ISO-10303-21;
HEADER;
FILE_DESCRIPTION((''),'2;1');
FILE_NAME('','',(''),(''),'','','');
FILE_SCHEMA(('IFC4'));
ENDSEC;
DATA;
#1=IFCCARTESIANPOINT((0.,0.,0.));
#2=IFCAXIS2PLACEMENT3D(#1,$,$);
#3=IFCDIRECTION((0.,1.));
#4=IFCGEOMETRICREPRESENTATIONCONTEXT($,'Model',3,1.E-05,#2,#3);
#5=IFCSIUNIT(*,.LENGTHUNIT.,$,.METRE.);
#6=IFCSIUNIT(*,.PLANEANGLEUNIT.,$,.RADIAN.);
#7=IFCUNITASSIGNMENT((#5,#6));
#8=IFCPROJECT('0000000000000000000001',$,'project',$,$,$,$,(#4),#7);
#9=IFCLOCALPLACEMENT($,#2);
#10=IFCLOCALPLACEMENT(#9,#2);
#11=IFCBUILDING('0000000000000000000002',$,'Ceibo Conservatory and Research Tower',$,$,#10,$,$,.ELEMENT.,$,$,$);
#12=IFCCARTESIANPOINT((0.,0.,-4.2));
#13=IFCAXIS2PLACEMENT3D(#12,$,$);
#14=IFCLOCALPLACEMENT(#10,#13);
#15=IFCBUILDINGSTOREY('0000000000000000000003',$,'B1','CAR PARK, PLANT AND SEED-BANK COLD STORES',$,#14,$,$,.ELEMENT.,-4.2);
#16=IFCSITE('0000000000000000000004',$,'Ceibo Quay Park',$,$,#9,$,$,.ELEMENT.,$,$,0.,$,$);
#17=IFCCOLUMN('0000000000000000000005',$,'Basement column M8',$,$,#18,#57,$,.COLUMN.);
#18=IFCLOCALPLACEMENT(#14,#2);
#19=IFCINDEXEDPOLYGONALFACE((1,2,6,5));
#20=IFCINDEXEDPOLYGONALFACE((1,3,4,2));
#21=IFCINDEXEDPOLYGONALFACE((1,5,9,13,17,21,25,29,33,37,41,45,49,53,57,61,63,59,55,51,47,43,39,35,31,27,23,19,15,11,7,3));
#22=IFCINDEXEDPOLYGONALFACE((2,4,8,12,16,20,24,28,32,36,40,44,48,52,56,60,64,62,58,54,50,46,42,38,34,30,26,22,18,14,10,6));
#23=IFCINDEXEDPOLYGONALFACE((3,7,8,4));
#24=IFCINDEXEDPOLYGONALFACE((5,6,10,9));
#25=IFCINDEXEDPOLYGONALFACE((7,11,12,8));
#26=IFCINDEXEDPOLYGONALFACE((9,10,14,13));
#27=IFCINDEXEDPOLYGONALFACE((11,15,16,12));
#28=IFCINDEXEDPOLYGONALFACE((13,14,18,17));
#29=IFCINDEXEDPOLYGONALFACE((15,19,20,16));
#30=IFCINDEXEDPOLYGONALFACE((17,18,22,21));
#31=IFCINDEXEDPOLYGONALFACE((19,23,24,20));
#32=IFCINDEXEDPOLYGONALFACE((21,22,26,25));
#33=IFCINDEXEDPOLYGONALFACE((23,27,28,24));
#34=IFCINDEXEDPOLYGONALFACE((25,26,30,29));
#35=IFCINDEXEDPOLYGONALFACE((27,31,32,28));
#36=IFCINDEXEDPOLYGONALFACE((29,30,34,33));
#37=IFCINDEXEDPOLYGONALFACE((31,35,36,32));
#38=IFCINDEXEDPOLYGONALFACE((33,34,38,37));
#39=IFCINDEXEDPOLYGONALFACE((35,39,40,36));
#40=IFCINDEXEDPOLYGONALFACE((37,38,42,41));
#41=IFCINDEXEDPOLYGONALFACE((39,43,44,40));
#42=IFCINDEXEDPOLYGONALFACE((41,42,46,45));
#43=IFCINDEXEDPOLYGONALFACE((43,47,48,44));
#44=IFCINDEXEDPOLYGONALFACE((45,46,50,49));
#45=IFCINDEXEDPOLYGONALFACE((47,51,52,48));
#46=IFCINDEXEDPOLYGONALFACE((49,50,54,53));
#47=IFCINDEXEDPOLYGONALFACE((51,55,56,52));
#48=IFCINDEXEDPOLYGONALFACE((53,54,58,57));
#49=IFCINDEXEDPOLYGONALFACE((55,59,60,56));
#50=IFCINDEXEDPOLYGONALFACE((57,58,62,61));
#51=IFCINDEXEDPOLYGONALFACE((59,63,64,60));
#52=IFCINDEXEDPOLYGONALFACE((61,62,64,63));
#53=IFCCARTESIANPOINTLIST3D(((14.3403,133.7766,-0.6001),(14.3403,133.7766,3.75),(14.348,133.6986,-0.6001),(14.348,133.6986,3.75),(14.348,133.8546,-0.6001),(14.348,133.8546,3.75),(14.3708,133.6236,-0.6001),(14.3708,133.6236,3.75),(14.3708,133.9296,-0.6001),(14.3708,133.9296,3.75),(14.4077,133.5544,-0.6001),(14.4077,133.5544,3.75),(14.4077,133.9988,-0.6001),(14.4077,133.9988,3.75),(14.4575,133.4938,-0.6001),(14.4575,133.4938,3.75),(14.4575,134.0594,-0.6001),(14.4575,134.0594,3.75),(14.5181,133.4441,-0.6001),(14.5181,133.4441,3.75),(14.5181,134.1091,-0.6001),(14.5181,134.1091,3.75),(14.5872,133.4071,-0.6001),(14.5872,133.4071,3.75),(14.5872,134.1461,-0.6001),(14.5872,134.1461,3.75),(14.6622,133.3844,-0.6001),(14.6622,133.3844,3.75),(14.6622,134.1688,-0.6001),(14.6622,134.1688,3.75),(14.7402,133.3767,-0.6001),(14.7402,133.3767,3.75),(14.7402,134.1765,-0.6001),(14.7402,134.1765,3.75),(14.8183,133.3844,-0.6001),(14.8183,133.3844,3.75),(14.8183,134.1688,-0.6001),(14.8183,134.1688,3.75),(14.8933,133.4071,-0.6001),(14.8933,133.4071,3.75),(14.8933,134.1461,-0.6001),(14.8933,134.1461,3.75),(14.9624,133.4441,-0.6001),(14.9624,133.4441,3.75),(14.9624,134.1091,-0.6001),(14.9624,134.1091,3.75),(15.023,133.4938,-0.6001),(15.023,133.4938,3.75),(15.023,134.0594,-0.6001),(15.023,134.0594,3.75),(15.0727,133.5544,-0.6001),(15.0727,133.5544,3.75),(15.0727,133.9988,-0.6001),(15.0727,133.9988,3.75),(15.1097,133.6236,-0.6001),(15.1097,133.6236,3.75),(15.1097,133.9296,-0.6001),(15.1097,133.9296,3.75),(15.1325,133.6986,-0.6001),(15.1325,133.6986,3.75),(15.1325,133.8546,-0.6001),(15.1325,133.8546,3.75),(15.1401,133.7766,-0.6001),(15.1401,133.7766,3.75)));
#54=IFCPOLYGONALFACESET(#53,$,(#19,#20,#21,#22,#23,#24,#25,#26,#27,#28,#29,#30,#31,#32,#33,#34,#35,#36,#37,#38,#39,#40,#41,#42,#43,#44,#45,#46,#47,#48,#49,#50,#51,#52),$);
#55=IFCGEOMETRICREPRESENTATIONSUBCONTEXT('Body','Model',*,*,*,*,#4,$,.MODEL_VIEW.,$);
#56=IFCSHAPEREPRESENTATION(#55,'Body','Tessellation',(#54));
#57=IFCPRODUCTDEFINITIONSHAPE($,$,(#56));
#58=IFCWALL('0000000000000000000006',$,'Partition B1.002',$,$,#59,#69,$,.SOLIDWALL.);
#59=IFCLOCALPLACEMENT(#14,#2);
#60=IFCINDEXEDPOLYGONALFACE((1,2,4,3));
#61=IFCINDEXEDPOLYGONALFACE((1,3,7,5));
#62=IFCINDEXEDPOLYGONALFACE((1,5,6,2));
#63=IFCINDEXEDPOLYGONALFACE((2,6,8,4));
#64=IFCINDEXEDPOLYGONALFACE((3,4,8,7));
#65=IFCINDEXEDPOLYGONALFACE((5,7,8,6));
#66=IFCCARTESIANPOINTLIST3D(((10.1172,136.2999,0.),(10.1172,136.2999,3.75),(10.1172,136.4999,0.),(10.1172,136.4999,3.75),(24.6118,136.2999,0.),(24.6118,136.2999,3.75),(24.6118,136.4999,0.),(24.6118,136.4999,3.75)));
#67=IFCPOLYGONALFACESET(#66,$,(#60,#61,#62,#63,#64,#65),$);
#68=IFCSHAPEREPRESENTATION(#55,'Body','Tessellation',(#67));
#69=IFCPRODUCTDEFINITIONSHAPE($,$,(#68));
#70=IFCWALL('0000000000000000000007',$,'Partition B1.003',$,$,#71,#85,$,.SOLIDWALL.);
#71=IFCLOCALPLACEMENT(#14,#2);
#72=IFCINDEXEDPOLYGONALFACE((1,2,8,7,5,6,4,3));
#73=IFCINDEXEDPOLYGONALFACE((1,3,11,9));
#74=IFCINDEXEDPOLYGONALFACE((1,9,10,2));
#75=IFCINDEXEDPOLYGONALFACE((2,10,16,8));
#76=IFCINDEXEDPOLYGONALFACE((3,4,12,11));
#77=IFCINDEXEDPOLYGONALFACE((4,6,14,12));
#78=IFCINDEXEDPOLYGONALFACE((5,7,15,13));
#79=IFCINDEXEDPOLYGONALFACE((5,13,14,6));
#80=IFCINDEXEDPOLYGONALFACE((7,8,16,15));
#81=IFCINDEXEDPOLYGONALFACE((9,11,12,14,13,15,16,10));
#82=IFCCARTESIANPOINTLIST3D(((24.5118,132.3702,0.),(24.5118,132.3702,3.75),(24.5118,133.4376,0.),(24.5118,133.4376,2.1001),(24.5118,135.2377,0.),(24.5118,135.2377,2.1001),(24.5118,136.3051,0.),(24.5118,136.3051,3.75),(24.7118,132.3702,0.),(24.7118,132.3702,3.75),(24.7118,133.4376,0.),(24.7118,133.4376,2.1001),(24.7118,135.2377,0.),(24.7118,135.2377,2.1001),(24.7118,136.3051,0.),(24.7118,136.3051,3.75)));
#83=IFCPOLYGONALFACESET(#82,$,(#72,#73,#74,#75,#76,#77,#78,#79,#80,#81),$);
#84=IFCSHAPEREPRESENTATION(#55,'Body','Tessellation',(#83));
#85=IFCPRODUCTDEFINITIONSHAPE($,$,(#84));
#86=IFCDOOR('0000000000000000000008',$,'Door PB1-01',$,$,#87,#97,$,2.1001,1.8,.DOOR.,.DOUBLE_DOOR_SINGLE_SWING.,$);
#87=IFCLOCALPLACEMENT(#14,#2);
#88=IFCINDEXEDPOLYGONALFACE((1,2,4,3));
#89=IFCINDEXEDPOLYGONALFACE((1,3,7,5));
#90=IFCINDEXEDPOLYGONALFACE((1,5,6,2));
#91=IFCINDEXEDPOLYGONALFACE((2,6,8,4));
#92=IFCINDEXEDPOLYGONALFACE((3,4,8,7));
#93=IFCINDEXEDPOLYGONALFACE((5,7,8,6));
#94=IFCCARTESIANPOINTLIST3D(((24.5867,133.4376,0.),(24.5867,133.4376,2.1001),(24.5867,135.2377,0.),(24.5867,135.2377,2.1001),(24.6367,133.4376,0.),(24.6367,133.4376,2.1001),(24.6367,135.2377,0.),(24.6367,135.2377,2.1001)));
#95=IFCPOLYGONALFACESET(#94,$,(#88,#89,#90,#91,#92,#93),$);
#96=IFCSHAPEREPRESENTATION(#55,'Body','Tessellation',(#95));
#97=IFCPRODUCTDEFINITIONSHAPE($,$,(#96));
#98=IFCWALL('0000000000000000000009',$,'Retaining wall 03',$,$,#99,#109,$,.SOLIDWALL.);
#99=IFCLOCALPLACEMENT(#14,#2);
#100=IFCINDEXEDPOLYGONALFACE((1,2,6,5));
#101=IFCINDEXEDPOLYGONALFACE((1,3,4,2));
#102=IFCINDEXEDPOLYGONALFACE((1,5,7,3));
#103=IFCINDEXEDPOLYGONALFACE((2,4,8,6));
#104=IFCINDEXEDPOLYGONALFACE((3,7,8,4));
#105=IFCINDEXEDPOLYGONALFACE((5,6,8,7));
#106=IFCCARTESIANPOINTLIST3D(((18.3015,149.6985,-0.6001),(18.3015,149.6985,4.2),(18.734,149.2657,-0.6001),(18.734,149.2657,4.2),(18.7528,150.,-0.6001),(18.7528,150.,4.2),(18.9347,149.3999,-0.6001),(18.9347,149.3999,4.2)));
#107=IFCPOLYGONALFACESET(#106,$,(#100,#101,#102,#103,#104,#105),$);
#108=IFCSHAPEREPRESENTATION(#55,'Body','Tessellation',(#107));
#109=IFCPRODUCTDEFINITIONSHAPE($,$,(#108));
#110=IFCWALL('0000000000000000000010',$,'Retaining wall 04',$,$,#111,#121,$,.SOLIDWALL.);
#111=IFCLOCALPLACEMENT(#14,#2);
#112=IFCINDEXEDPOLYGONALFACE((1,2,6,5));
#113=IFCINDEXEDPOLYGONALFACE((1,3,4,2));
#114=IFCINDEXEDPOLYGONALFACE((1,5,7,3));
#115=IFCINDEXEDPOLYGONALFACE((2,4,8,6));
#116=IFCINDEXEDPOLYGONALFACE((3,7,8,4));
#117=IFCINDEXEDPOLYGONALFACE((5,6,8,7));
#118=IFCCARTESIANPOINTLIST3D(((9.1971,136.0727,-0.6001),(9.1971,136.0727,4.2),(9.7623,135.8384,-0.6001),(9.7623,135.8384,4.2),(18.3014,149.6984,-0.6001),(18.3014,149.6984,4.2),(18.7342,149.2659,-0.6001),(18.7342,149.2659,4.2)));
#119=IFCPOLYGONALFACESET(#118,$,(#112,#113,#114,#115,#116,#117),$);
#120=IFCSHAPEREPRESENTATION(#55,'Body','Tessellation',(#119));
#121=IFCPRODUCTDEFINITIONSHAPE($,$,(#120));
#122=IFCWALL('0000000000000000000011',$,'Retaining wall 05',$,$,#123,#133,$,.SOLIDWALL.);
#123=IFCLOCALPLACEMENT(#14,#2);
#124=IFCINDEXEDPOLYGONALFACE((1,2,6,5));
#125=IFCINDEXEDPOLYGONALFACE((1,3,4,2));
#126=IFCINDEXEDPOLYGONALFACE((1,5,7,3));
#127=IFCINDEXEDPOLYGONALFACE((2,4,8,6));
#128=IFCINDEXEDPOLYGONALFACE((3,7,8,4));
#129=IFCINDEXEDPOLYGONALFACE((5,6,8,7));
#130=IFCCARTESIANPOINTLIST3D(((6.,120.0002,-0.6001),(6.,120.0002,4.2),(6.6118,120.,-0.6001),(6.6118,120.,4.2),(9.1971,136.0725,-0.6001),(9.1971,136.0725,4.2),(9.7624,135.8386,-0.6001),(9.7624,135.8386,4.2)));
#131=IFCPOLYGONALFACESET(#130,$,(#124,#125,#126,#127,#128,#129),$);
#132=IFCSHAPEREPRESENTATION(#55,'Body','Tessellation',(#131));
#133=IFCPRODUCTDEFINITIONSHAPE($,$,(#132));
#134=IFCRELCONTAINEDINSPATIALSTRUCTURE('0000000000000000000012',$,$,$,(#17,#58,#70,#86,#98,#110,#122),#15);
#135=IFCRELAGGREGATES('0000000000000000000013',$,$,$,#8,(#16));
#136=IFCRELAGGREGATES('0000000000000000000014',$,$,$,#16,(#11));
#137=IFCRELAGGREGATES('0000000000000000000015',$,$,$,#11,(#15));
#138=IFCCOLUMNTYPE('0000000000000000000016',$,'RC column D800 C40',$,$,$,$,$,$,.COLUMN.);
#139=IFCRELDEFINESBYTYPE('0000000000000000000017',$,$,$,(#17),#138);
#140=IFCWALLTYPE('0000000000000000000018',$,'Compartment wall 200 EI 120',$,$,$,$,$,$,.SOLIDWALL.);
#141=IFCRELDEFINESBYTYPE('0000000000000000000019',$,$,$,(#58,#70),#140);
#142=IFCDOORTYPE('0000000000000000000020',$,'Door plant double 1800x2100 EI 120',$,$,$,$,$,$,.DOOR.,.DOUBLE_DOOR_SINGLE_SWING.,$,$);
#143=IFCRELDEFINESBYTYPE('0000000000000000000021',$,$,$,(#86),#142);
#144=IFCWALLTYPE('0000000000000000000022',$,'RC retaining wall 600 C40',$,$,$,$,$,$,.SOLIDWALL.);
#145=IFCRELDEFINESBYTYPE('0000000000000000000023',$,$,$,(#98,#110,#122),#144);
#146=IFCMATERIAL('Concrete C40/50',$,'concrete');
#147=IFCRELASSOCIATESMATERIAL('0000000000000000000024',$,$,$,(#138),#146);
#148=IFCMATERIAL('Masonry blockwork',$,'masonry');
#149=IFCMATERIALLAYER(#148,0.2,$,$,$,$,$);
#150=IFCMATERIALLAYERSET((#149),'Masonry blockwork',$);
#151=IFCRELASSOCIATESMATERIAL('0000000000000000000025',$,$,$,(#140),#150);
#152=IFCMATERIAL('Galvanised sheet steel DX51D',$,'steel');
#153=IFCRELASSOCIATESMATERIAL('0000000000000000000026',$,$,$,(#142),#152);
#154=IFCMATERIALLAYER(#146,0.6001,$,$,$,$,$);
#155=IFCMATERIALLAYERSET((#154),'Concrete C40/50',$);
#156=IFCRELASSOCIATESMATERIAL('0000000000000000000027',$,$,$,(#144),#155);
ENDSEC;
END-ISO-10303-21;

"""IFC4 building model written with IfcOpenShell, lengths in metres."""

from ifc_helpers import new_model, si_unit, direction, frame, frame_2d, origin, origin_2d, place, context, subcontext, project, spatial, polyline, rectangle, circle, outline, extrude, material, layer, layer_set, material_profile, profile_set, type_object, element, fill, save


model = new_model("IFC4")

# Units and contexts
model_context = context("Model", 3, precision=1e-05, world=origin(), true_north=direction((0.0, 1.0)))
body_context = subcontext(model_context, "Body", "Model", "MODEL_VIEW")
ifc_project = project(units=[si_unit("LENGTHUNIT", "METRE"), si_unit("PLANEANGLEUNIT", "RADIAN")], contexts=[model_context])

# Site, building, storey
site_placement = place(None, origin())
site = spatial("IfcSite", under=ifc_project, at=site_placement, Name="Ceibo Quay Park", CompositionType="ELEMENT", RefElevation=0.0)
building_placement = place(site_placement, origin())
building = spatial("IfcBuilding", under=site, at=building_placement, Name="Ceibo Conservatory and Research Tower", CompositionType="ELEMENT")
storey_placement = place(building_placement, frame((0.0, 0.0, -4.2)))
storey = spatial("IfcBuildingStorey", under=building, at=storey_placement, Name="B1", Description="CAR PARK, PLANT AND SEED-BANK COLD STORES", CompositionType="ELEMENT", Elevation=-4.2)

# Shared definitions
ifc_material_1 = material(Name="Concrete C40/50", Category="concrete")

# Column
ifc_material_profile_1 = material_profile(ifc_material_1, circle(Radius=0.3999, at=origin_2d()), Name="RC D800")
ifc_profile_set_1 = profile_set([ifc_material_profile_1], Name="Concrete C40/50")
column_type = type_object("IfcColumnType", Name="RC column D800 C40", PredefinedType="COLUMN", material=ifc_profile_set_1)
for number, where, z_axis, x_axis, name in (
    (1, (14.7402, 133.7766, -0.6001), (0.0, 0.0, 1.0), (1.0, 0.0, 0.0), "Basement column M8"),
):
    element("IfcColumn", number, at=place(storey_placement, frame(where, z_axis=z_axis, x_axis=x_axis)), inside=storey, type_object=column_type, Name=name, PredefinedType="COLUMN", context=body_context, shape_type="SweptSolid", body=[
        extrude(circle(Radius=0.3999, at=origin_2d()), origin(), (0.0, 0.0, 1.0), 4.3501),
    ])

# Wall
ifc_material_2 = material(Name="Masonry blockwork", Category="masonry")
ifc_layer_1 = layer(ifc_material_2, 0.2)
ifc_layer_set_1 = layer_set([ifc_layer_1], Name="Masonry blockwork")
wall_type_1 = type_object("IfcWallType", Name="Compartment wall 200 EI 120", PredefinedType="SOLIDWALL", material=ifc_layer_set_1)
wall_1_placement = place(storey_placement, frame((10.1172, 136.3999, 0.0), z_axis=(0.0, 0.0, 1.0), x_axis=(1.0, 0.0, 0.0)))
element("IfcWall", 2, at=wall_1_placement, inside=storey, type_object=wall_type_1, Name="Partition B1.002", PredefinedType="SOLIDWALL", context=body_context, shape_type="SweptSolid", body=[
    extrude(rectangle(XDim=14.4946, YDim=0.2, at=frame_2d((7.2473, 0.0))), origin(), (0.0, 0.0, 1.0), 3.75),
])

# Wall, opening, door
wall_2_placement = place(storey_placement, frame((24.6118, 136.3049, 0.0), z_axis=(0.0, 0.0, 1.0), x_axis=(0.0, -1.0, 0.0)))
wall_2 = element("IfcWall", 3, at=wall_2_placement, inside=storey, type_object=wall_type_1, Name="Partition B1.003", PredefinedType="SOLIDWALL", context=body_context, shape_type="SweptSolid", body=[
    extrude(rectangle(XDim=3.9348, YDim=0.2, at=frame_2d((1.9673, 0.0))), origin(), (0.0, 0.0, 1.0), 3.75),
])
opening_placement = place(wall_2_placement, frame((1.0674, 0.0, 0.0)))
opening = element("IfcOpeningElement", 4, at=opening_placement, cuts=wall_2, PredefinedType="OPENING", context=body_context, shape_type="SweptSolid", body=[
    extrude(rectangle(XDim=1.8, YDim=2.1001, at=frame_2d((0.8999, 1.05))), frame((0.0, 0.1099, 0.0), z_axis=(0.0, -1.0, 0.0), x_axis=(1.0, 0.0, 0.0)), (0.0, 0.0, 1.0), 0.22),
])
ifc_material_3 = material(Name="Galvanised sheet steel DX51D", Category="steel")
door_type = type_object("IfcDoorType", Name="Door plant double 1800x2100 EI 120", OperationType="DOUBLE_DOOR_SINGLE_SWING", PredefinedType="DOOR", material=ifc_material_3)
door_placement = place(opening_placement, origin())
door = element("IfcDoor", 5, at=door_placement, inside=storey, type_object=door_type, Name="Door PB1-01", OperationType="DOUBLE_DOOR_SINGLE_SWING", OverallHeight=2.1001, OverallWidth=1.8, PredefinedType="DOOR", context=body_context, shape_type="SweptSolid", body=[
    extrude(rectangle(XDim=1.8, YDim=2.1001, at=frame_2d((0.8999, 1.05))), frame((0.0, 0.0249, 0.0), z_axis=(0.0, -1.0, 0.0), x_axis=(1.0, 0.0, 0.0)), (0.0, 0.0, 1.0), 0.05),
])
fill(opening, door)

# Walls
ifc_layer_2 = layer(ifc_material_1, 0.6001)
ifc_layer_set_2 = layer_set([ifc_layer_2], Name="Concrete C40/50")
wall_type_2 = type_object("IfcWallType", Name="RC retaining wall 600 C40", PredefinedType="SOLIDWALL", material=ifc_layer_set_2)
wall_3_placement = place(storey_placement, frame((18.8438, 149.7, -0.6001), z_axis=(0.0, 0.0, 1.0), x_axis=(-0.831475, -0.555562, 0.0)))
element("IfcWall", 6, at=wall_3_placement, inside=storey, type_object=wall_type_2, Name="Retaining wall 03", PredefinedType="SOLIDWALL", context=body_context, shape_type="SweptSolid", body=[
    extrude(outline(polyline([(-0.0911, -0.3), (0.4517, -0.3), (0.3325, 0.3), (0.0911, 0.3), (-0.0911, -0.3)])), origin(), (0.0, 0.0, 1.0), 4.8),
])
wall_4_placement = place(storey_placement, frame((18.5178, 149.4822, -0.6001), z_axis=(0.0, 0.0, 1.0), x_axis=(-0.555566, -0.831473, 0.0)))
element("IfcWall", 7, at=wall_4_placement, inside=storey, type_object=wall_type_2, Name="Retaining wall 04", PredefinedType="SOLIDWALL", context=body_context, shape_type="SweptSolid", body=[
    extrude(outline(polyline([(-0.0596, -0.3), (16.3279, -0.3), (16.2087, 0.3), (0.0596, 0.3), (-0.0596, -0.3)])), origin(), (0.0, 0.0, 1.0), 4.8),
])
wall_5_placement = place(storey_placement, frame((9.4797, 135.9556, -0.6001), z_axis=(0.0, 0.0, 1.0), x_axis=(-0.195094, -0.980784, 0.0)))
element("IfcWall", 8, at=wall_5_placement, inside=storey, type_object=wall_type_2, Name="Retaining wall 05", PredefinedType="SOLIDWALL", context=body_context, shape_type="SweptSolid", body=[
    extrude(outline(polyline([(-0.0596, -0.3), (16.3276, -0.3), (16.2085, 0.3), (0.0596, 0.3), (-0.0596, -0.3)])), origin(), (0.0, 0.0, 1.0), 4.8),
])

save(model, "model.ifc")
